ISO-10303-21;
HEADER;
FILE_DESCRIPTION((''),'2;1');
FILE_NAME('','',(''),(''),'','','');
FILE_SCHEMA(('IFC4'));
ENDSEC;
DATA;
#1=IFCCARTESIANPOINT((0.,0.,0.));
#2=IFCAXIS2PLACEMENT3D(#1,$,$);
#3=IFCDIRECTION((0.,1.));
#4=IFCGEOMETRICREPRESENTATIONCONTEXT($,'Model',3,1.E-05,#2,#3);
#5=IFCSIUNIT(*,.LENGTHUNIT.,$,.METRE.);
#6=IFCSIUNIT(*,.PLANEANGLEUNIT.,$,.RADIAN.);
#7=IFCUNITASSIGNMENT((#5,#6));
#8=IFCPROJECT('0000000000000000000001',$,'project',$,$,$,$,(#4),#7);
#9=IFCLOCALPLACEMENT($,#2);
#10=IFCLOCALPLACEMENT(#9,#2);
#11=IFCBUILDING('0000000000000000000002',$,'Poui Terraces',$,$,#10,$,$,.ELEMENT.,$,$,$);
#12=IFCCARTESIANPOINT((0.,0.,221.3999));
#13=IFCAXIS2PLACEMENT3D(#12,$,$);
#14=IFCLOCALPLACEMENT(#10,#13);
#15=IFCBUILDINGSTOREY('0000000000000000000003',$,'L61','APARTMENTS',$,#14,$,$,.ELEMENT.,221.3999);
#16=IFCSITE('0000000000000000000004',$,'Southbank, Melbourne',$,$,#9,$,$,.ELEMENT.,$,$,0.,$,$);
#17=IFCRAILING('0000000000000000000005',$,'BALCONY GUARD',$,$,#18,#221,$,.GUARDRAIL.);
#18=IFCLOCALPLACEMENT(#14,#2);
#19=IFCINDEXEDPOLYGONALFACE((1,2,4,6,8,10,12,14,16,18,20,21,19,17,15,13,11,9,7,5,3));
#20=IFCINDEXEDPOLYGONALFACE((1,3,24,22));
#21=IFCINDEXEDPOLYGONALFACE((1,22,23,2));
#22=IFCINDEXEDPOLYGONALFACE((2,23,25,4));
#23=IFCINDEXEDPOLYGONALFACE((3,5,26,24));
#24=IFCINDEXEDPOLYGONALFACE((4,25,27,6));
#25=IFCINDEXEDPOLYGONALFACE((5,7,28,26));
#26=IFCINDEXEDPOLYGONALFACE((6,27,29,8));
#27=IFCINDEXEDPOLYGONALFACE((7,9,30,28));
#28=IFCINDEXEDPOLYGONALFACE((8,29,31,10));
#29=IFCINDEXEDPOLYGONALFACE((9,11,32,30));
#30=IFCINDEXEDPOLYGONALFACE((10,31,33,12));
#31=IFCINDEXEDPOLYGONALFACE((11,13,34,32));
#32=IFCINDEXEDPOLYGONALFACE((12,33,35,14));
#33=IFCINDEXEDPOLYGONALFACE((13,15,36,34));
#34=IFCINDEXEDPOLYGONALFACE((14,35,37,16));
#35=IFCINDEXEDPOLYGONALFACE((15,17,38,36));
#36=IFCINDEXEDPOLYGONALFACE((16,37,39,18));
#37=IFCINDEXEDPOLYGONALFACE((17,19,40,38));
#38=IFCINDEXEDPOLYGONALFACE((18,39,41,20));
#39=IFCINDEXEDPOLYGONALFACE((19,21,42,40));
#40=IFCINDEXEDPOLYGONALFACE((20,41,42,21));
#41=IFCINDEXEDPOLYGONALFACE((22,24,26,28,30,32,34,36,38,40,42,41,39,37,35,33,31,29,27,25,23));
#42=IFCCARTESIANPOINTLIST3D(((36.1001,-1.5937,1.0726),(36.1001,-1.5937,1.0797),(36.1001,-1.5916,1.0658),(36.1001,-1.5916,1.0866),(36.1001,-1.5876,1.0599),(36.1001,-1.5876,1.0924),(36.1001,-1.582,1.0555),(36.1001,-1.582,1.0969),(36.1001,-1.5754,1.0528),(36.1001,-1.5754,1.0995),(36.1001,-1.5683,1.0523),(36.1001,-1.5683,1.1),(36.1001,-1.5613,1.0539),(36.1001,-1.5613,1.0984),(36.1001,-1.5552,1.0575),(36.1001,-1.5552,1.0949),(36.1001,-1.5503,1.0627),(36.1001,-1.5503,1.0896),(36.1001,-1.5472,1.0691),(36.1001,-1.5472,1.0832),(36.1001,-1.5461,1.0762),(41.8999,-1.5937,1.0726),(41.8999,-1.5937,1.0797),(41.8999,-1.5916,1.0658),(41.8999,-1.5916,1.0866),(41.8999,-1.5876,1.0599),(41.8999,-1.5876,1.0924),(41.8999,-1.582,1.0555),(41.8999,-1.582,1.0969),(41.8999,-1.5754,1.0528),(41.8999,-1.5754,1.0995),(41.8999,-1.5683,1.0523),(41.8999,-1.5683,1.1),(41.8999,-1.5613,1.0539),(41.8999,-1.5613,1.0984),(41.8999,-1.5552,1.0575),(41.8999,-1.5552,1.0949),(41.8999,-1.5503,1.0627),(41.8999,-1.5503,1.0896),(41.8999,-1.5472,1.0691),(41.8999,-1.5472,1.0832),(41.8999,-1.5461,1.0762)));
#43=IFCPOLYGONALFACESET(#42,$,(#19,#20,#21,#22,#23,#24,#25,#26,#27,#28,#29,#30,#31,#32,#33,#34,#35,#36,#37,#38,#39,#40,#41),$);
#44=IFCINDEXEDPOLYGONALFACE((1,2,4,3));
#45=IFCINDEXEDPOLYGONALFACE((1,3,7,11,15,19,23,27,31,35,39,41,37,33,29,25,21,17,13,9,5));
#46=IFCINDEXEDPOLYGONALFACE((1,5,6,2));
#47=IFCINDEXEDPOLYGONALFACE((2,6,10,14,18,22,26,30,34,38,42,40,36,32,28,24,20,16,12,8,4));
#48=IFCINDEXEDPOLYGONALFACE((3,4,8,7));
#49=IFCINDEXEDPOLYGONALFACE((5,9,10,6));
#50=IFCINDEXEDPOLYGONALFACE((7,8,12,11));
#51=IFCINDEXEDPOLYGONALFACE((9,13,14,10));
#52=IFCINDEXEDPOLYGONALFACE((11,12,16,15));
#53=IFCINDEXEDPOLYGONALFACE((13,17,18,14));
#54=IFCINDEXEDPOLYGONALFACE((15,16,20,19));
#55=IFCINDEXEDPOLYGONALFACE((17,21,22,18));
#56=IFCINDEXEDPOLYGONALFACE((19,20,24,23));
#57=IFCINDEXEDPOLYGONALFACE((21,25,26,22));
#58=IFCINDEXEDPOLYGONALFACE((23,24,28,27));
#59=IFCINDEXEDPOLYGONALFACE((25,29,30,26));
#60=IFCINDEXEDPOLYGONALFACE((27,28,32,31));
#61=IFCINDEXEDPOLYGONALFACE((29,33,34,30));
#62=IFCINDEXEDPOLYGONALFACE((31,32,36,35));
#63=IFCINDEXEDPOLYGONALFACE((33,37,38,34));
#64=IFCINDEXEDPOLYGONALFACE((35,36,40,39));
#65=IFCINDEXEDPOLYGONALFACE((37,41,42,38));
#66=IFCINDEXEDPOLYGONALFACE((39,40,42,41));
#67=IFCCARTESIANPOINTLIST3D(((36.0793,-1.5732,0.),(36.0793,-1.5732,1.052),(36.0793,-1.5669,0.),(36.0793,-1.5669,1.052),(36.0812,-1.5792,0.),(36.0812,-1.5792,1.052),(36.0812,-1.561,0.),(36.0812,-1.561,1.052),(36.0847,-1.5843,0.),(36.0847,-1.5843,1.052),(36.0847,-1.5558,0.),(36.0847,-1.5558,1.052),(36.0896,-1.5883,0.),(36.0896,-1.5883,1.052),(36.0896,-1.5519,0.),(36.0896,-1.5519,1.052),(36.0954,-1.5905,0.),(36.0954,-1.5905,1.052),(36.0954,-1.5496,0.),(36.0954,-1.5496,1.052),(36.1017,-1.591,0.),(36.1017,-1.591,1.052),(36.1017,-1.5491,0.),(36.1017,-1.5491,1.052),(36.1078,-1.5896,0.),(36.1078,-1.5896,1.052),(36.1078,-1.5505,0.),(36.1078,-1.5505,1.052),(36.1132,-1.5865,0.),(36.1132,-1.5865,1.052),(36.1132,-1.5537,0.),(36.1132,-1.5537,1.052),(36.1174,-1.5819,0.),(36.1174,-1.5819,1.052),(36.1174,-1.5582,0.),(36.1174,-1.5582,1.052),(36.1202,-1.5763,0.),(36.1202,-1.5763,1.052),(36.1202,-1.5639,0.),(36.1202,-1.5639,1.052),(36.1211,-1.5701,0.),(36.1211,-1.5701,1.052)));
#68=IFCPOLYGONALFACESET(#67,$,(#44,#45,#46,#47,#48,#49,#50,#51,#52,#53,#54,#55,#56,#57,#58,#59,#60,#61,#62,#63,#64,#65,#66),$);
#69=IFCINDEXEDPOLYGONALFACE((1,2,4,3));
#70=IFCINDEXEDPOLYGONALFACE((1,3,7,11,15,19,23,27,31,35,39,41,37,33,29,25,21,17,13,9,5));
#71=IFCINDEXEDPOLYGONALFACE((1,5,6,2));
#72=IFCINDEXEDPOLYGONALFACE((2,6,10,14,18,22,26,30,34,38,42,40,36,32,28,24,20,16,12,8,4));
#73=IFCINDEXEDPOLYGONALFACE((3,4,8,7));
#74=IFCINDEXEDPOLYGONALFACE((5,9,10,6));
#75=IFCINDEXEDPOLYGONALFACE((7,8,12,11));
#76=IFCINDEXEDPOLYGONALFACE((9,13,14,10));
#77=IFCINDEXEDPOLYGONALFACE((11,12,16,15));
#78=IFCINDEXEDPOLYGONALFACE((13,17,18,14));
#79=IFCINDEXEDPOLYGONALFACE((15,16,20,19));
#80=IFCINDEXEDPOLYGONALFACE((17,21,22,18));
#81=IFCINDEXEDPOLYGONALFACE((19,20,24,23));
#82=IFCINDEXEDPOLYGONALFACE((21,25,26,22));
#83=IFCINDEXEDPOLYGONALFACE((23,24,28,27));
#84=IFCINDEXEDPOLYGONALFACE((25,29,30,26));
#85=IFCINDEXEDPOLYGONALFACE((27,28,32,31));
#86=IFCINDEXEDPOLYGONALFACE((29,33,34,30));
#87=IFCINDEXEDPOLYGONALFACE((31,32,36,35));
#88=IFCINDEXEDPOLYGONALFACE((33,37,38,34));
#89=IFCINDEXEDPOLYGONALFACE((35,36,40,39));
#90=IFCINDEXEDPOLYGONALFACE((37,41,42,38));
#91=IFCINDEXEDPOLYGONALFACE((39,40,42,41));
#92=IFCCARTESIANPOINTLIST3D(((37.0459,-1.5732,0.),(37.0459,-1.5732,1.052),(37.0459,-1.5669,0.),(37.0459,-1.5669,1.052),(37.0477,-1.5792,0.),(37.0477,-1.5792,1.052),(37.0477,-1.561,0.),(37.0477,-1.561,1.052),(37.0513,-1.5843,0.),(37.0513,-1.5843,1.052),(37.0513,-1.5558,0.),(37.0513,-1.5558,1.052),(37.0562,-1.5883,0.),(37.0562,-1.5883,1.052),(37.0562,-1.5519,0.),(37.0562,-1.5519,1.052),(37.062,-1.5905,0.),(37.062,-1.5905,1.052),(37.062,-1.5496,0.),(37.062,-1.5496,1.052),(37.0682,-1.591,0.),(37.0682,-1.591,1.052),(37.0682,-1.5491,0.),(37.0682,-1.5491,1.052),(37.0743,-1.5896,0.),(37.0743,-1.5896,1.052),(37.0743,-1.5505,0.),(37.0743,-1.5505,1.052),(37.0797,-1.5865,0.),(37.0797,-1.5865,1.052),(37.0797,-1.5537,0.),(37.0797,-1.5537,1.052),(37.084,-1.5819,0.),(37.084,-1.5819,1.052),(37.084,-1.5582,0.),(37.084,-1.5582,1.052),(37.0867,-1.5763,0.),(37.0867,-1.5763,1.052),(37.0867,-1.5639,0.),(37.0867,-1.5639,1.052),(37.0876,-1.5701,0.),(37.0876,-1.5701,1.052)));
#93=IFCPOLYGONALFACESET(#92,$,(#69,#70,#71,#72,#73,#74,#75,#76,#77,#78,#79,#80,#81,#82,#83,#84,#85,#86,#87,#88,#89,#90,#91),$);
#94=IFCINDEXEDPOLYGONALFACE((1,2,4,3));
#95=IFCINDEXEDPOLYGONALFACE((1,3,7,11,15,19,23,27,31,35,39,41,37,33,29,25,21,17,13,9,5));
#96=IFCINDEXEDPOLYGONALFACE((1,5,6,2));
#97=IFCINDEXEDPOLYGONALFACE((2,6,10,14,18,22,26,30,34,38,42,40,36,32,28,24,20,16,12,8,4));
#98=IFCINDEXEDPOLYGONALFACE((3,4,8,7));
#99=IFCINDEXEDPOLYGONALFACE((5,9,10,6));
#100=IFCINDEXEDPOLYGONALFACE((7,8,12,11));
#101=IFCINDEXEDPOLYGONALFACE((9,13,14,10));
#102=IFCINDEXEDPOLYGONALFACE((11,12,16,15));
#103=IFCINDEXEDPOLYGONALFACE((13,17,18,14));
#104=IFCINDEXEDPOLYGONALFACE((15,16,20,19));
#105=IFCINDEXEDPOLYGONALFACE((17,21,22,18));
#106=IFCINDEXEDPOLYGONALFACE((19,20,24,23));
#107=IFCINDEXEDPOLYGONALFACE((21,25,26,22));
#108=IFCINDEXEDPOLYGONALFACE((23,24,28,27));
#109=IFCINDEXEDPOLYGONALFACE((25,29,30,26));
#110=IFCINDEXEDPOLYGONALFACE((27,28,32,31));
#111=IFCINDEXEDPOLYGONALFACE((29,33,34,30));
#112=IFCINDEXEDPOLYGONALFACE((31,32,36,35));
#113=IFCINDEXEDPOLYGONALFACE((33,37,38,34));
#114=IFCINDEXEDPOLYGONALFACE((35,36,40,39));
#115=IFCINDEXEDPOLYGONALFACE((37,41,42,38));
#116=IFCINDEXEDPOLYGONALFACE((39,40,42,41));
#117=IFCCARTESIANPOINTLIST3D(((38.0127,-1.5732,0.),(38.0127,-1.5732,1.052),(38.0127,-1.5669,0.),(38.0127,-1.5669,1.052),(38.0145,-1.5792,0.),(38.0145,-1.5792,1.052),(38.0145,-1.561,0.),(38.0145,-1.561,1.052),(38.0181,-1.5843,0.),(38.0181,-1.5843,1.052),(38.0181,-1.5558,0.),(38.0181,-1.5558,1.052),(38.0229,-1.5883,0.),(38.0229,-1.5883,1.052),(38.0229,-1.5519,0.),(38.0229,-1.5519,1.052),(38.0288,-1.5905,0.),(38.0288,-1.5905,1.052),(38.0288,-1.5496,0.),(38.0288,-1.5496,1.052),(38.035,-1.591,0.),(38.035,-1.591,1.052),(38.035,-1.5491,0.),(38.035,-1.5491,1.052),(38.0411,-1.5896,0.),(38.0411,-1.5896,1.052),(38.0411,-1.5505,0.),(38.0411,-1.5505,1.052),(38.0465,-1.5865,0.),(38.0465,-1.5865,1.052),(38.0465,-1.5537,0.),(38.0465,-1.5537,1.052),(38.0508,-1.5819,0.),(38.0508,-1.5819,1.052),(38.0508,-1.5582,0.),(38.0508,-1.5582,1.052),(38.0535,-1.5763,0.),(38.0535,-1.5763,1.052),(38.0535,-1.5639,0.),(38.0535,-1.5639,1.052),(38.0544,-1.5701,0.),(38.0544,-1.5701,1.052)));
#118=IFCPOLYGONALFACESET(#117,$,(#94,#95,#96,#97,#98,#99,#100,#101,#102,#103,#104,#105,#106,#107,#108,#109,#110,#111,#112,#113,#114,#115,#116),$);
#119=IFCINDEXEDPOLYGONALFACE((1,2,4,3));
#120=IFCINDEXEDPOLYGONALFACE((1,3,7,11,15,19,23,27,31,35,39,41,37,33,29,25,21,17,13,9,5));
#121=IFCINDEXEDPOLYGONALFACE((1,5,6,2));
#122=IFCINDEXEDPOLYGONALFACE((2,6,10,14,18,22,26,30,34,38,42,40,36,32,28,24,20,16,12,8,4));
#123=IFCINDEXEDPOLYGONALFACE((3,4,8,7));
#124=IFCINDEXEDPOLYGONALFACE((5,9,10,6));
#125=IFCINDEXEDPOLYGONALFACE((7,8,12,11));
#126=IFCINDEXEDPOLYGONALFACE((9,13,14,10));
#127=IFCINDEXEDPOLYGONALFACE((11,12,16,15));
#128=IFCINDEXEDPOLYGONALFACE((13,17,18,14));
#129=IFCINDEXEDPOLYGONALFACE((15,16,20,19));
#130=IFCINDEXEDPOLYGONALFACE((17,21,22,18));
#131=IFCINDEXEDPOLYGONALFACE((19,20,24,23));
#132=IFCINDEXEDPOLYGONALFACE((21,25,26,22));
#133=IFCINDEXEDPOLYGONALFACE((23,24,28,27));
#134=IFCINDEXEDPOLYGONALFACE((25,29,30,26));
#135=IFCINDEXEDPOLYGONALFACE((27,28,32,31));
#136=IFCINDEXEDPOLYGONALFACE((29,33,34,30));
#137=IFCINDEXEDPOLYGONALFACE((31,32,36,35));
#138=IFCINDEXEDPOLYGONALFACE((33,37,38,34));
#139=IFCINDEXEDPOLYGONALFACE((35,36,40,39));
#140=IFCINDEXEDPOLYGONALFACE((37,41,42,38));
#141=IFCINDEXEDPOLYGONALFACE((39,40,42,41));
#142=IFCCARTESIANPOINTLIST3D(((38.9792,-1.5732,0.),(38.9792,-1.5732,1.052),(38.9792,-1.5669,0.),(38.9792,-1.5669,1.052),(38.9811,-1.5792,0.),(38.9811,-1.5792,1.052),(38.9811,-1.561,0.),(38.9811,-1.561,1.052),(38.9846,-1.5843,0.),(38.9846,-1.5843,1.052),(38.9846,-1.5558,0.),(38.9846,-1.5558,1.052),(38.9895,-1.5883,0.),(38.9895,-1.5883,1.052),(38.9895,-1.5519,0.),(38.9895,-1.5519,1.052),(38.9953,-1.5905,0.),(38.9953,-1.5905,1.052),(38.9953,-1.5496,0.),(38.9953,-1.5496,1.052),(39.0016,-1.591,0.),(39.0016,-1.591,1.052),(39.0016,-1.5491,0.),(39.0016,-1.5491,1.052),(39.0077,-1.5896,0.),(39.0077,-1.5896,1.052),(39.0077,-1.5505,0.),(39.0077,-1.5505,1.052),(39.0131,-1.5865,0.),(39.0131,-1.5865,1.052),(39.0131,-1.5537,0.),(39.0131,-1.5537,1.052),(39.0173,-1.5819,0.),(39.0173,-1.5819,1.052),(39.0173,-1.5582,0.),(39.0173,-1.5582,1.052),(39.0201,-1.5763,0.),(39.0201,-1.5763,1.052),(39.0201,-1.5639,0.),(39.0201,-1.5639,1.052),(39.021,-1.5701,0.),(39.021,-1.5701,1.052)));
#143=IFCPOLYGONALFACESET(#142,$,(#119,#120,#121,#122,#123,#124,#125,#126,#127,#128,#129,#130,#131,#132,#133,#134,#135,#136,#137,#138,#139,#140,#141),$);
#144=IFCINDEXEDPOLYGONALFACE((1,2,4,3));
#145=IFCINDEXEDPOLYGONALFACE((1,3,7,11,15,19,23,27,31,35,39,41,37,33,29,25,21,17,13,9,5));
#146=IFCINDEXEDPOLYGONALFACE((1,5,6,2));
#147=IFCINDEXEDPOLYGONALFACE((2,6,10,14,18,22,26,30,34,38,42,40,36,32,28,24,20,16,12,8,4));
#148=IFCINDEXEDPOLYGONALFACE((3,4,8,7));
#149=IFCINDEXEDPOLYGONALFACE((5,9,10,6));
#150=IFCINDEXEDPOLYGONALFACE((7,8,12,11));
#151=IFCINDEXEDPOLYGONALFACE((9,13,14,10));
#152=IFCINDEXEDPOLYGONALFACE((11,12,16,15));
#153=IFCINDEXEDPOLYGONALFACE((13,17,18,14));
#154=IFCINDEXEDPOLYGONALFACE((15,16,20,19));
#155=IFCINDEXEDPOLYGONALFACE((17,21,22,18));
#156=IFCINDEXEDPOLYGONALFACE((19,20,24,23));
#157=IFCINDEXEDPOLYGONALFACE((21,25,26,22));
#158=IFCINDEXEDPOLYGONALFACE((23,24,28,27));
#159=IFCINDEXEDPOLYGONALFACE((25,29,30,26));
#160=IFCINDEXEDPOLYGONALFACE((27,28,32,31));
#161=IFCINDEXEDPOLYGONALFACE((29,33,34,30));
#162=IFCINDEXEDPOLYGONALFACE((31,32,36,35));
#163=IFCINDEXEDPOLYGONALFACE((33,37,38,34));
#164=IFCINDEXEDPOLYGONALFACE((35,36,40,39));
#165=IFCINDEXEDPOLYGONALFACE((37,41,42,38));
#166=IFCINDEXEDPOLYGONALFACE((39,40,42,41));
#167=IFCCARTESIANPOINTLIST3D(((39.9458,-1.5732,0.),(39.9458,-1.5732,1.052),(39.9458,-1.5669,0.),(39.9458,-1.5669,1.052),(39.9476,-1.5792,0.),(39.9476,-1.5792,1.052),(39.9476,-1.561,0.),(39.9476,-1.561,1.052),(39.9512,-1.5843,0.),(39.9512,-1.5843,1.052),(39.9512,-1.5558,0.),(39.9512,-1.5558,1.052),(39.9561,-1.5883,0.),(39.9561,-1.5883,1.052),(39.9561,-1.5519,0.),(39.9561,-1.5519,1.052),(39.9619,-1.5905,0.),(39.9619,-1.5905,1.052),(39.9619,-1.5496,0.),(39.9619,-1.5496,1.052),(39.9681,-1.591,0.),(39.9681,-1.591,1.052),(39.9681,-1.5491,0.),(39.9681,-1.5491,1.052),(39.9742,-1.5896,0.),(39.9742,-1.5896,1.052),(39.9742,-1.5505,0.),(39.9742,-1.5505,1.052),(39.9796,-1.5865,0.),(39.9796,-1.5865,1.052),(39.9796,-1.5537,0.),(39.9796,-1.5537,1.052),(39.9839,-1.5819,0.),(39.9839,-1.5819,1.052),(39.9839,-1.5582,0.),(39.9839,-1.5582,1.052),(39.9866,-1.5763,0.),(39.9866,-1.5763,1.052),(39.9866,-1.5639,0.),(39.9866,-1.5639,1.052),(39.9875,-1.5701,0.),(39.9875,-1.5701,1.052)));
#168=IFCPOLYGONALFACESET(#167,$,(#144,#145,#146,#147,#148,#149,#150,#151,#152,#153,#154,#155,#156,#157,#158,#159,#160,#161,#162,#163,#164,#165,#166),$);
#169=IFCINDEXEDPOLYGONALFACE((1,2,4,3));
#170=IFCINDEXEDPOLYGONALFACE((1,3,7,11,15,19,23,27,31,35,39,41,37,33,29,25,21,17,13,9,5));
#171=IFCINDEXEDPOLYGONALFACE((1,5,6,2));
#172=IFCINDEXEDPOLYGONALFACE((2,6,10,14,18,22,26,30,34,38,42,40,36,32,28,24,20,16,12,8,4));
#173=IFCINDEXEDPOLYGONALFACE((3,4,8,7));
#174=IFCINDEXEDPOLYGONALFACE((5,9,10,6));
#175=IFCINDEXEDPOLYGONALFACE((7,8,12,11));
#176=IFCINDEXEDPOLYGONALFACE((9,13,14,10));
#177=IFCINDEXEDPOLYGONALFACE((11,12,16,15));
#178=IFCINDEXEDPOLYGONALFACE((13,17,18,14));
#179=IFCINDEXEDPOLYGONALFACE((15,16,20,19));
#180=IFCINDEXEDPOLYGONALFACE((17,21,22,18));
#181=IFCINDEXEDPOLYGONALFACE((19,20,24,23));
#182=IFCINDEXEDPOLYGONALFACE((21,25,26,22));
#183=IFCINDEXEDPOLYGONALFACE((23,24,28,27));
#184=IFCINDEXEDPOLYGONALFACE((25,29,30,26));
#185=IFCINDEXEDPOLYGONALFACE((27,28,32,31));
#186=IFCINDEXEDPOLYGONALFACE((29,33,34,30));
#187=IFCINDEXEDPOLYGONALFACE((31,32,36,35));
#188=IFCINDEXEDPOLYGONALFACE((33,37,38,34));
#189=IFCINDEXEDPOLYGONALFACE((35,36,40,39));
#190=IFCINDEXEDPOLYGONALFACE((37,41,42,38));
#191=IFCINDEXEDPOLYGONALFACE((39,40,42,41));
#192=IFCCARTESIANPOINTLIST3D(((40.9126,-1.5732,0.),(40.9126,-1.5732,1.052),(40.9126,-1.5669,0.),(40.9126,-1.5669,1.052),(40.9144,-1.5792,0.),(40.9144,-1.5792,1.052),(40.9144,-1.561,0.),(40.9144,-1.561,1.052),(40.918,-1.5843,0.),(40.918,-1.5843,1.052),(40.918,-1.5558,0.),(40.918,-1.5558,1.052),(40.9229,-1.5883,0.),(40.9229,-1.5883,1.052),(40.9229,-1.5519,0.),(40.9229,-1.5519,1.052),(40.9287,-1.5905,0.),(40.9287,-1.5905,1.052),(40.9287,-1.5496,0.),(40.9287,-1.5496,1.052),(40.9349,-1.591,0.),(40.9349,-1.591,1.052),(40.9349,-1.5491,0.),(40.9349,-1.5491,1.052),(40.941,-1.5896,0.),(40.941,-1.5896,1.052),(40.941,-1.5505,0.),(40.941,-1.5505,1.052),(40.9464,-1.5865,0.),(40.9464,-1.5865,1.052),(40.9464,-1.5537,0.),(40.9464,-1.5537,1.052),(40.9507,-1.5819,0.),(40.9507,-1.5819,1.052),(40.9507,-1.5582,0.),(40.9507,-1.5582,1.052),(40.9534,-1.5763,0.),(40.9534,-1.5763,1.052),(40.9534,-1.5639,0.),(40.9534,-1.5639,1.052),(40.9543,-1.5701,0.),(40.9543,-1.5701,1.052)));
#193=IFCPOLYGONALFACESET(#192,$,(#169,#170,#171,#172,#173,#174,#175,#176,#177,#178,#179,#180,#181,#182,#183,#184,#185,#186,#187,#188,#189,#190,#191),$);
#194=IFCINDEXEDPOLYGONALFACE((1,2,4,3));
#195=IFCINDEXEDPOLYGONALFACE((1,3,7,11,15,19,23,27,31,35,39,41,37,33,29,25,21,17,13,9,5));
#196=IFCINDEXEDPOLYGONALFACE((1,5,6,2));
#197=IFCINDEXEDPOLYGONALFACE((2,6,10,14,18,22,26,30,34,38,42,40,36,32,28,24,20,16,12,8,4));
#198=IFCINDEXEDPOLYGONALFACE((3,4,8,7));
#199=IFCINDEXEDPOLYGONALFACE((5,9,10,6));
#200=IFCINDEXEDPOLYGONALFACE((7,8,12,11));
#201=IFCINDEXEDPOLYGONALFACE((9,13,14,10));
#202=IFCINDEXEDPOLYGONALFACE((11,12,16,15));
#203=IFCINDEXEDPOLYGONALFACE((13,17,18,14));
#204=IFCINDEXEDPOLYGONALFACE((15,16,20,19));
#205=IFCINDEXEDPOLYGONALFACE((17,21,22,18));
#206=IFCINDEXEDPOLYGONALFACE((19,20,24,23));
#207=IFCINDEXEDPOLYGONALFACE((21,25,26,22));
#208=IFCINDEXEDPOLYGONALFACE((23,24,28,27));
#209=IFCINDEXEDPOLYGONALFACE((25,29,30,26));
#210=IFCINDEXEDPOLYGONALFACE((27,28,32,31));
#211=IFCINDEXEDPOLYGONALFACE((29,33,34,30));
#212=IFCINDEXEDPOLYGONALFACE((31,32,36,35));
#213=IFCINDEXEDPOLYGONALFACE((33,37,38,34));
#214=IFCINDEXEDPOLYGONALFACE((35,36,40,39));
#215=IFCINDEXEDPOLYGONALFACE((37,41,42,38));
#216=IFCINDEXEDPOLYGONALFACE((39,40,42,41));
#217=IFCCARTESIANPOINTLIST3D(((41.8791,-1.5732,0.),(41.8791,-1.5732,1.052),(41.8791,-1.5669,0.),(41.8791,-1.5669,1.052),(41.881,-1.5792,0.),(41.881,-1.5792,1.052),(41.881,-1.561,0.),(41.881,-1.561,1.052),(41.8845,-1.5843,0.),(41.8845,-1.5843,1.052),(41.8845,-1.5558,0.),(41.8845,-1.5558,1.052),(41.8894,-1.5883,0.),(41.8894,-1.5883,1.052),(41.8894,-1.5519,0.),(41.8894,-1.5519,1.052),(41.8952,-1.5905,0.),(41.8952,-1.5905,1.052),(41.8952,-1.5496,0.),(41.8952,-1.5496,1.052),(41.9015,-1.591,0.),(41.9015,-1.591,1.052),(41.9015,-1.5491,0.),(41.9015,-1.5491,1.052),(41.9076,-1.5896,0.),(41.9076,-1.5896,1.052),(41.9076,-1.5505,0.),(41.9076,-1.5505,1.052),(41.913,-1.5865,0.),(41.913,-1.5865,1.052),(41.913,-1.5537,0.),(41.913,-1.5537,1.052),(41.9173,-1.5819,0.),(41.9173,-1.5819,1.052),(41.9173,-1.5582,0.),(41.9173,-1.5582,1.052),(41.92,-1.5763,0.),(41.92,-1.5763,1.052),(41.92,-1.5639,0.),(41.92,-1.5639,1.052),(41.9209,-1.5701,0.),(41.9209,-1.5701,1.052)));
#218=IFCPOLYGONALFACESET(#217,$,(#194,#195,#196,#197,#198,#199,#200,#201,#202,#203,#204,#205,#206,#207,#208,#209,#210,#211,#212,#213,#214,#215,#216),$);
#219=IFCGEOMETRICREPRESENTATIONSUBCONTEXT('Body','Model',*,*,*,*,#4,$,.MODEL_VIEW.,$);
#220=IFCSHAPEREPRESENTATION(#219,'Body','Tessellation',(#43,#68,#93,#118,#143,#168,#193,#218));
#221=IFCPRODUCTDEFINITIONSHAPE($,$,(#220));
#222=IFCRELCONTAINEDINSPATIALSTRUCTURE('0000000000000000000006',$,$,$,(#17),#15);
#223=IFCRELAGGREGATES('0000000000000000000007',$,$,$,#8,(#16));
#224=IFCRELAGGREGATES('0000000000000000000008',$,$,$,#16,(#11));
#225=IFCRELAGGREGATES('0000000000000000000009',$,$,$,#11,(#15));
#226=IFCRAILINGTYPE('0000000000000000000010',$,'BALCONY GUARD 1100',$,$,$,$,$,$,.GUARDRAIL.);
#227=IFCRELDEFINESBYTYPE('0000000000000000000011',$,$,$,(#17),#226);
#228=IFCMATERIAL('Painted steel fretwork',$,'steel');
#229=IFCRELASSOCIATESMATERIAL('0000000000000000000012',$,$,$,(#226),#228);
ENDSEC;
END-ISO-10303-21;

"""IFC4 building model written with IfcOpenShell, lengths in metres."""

from ifc_helpers import new_model, si_unit, direction, frame, origin, origin_2d, place, context, subcontext, project, spatial, circle, extrude, material, type_object, element, save


model = new_model("IFC4")

# Units and contexts
model_context = context("Model", 3, precision=1e-05, world=origin(), true_north=direction((0.0, 1.0)))
body_context = subcontext(model_context, "Body", "Model", "MODEL_VIEW")
ifc_project = project(units=[si_unit("LENGTHUNIT", "METRE"), si_unit("PLANEANGLEUNIT", "RADIAN")], contexts=[model_context])

# Site, building, storey
site_placement = place(None, origin())
site = spatial("IfcSite", under=ifc_project, at=site_placement, Name="Southbank, Melbourne", CompositionType="ELEMENT", RefElevation=0.0)
building_placement = place(site_placement, origin())
building = spatial("IfcBuilding", under=site, at=building_placement, Name="Poui Terraces", CompositionType="ELEMENT")
storey_placement = place(building_placement, frame((0.0, 0.0, 221.3999)))
storey = spatial("IfcBuildingStorey", under=building, at=storey_placement, Name="L61", Description="APARTMENTS", CompositionType="ELEMENT", Elevation=221.3999)

# Railing
ifc_material_1 = material(Name="Painted steel fretwork", Category="steel")
railing_type = type_object("IfcRailingType", Name="BALCONY GUARD 1100", PredefinedType="GUARDRAIL", material=ifc_material_1)
railing_placement = place(storey_placement, frame((36.1001, -1.5701, 0.0)))
element("IfcRailing", 1, at=railing_placement, inside=storey, type_object=railing_type, Name="BALCONY GUARD", PredefinedType="GUARDRAIL", context=body_context, shape_type="SweptSolid", body=[
    extrude(circle(Radius=0.0239, at=origin_2d()), frame((0.0, 0.0, 1.0762), z_axis=(1.0, 0.0, 0.0), x_axis=(0.0, 1.0, 0.0)), (0.0, 0.0, 1.0), 5.7998),
    extrude(circle(Radius=0.021, at=origin_2d()), origin(), (0.0, 0.0, 1.0), 1.052),
    extrude(circle(Radius=0.021, at=origin_2d()), frame((0.9666, 0.0, 0.0)), (0.0, 0.0, 1.0), 1.052),
    extrude(circle(Radius=0.021, at=origin_2d()), frame((1.9333, 0.0, 0.0)), (0.0, 0.0, 1.0), 1.052),
    extrude(circle(Radius=0.021, at=origin_2d()), frame((2.8999, 0.0, 0.0)), (0.0, 0.0, 1.0), 1.052),
    extrude(circle(Radius=0.021, at=origin_2d()), frame((3.8665, 0.0, 0.0)), (0.0, 0.0, 1.0), 1.052),
    extrude(circle(Radius=0.021, at=origin_2d()), frame((4.8333, 0.0, 0.0)), (0.0, 0.0, 1.0), 1.052),
    extrude(circle(Radius=0.021, at=origin_2d()), frame((5.7998, 0.0, 0.0)), (0.0, 0.0, 1.0), 1.052),
])

save(model, "model.ifc")
